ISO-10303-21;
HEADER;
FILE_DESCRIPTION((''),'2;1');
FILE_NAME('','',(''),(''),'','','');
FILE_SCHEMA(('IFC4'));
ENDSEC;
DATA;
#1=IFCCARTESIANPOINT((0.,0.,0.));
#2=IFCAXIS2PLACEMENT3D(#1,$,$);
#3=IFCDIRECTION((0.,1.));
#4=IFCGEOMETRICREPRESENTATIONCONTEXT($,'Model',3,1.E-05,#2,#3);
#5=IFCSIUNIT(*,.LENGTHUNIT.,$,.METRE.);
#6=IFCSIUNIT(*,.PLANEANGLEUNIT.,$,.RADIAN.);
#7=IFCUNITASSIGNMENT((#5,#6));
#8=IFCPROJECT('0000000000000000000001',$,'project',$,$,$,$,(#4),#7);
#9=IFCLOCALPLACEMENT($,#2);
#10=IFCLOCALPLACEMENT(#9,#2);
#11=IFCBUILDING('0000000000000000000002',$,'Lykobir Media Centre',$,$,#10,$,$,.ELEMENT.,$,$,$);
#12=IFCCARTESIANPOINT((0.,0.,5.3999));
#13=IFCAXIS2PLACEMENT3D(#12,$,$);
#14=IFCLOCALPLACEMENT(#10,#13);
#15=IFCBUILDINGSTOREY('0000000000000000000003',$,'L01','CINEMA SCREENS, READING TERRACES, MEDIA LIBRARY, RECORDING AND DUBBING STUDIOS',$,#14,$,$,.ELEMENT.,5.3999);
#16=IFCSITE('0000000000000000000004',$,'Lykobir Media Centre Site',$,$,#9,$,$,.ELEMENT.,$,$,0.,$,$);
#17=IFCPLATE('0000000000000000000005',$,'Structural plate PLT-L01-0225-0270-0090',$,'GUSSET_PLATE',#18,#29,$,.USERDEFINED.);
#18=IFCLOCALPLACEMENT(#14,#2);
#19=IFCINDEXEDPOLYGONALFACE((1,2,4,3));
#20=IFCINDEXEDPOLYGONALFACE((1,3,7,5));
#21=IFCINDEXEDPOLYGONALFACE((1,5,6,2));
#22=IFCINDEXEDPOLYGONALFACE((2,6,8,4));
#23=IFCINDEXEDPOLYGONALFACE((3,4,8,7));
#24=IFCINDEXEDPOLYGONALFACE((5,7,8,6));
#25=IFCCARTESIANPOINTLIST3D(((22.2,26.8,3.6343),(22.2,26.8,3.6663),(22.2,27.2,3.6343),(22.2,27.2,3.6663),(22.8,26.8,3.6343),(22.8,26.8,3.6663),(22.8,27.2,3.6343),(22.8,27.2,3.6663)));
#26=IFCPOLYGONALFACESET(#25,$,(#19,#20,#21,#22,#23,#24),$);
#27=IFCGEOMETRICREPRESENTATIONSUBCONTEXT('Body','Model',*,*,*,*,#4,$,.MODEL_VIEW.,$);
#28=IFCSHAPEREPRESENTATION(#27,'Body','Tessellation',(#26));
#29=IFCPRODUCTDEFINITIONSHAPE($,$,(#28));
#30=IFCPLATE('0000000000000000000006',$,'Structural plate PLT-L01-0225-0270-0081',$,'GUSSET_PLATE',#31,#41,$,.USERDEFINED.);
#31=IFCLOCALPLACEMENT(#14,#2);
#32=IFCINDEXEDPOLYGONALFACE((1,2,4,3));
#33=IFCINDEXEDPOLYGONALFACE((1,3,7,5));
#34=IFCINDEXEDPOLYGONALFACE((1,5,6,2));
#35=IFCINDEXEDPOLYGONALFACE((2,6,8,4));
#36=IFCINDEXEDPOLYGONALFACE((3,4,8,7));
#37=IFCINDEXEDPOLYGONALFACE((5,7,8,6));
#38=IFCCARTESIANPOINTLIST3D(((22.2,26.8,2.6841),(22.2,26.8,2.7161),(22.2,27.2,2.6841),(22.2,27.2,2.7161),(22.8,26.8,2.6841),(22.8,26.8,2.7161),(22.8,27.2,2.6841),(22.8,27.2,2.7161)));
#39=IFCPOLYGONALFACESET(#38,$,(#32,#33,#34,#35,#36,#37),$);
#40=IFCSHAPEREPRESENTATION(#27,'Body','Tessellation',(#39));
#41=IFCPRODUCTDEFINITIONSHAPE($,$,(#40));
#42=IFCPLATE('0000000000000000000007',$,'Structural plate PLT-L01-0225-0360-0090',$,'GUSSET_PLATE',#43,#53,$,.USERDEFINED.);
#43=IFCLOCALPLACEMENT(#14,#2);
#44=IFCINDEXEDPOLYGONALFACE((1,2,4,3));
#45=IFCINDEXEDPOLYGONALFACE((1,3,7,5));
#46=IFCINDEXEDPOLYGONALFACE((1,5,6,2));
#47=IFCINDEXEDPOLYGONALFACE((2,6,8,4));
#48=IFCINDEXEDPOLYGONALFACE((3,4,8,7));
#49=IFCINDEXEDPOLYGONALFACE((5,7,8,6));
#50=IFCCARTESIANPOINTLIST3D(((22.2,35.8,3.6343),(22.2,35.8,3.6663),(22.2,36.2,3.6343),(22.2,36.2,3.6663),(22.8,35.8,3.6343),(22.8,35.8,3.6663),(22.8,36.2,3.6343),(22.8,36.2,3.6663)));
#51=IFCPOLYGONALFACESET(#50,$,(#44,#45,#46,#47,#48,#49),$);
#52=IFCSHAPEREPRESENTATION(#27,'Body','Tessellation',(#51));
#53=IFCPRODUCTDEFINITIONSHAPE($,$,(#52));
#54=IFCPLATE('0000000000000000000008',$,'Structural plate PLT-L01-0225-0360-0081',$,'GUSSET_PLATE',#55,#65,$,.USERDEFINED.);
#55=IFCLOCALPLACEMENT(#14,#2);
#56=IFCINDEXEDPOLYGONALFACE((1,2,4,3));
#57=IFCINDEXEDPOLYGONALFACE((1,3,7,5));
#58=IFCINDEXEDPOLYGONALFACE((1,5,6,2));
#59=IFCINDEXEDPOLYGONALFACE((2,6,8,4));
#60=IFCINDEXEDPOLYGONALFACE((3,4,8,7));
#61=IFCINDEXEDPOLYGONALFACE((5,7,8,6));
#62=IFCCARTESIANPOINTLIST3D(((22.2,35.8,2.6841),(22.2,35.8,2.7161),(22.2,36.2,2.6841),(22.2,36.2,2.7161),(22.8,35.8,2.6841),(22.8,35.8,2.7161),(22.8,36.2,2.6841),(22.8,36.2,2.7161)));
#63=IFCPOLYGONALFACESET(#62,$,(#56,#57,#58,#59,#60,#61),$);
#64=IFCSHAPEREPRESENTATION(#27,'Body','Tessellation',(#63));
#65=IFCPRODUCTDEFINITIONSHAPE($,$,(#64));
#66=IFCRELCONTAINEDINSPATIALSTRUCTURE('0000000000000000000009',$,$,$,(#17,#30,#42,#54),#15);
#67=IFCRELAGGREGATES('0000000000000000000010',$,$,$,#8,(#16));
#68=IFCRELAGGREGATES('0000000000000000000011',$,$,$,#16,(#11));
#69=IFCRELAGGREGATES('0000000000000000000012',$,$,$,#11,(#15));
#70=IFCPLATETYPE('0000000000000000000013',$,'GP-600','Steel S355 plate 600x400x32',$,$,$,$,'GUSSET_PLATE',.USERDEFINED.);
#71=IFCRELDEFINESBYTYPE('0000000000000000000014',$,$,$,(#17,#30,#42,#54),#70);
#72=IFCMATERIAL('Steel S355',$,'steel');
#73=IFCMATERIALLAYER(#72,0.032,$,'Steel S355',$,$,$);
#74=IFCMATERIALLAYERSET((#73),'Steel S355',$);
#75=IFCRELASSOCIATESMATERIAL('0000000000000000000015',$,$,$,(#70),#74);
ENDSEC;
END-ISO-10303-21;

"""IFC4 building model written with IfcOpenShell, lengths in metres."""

from ifc_helpers import new_model, si_unit, direction, frame, origin, origin_2d, place, context, subcontext, project, spatial, rectangle, extrude, material, layer, layer_set, type_object, element, save


model = new_model("IFC4")

# Units and contexts
model_context = context("Model", 3, precision=1e-05, world=origin(), true_north=direction((0.0, 1.0)))
body_context = subcontext(model_context, "Body", "Model", "MODEL_VIEW")
ifc_project = project(units=[si_unit("LENGTHUNIT", "METRE"), si_unit("PLANEANGLEUNIT", "RADIAN")], contexts=[model_context])

# Site, building, storey
site_placement = place(None, origin())
site = spatial("IfcSite", under=ifc_project, at=site_placement, Name="Lykobir Media Centre Site", CompositionType="ELEMENT", RefElevation=0.0)
building_placement = place(site_placement, origin())
building = spatial("IfcBuilding", under=site, at=building_placement, Name="Lykobir Media Centre", CompositionType="ELEMENT")
storey_placement = place(building_placement, frame((0.0, 0.0, 5.3999)))
storey = spatial("IfcBuildingStorey", under=building, at=storey_placement, Name="L01", Description="CINEMA SCREENS, READING TERRACES, MEDIA LIBRARY, RECORDING AND DUBBING STUDIOS", CompositionType="ELEMENT", Elevation=5.3999)

# Shared definitions
ifc_material = material(Name="Steel S355", Category="steel")

# Plates
ifc_layer_1 = layer(ifc_material, 0.032, Name="Steel S355")
ifc_layer_set_1 = layer_set([ifc_layer_1], Name="Steel S355")
plate_type_1 = type_object("IfcPlateType", Name="GP-600", Description="Steel S355 plate 600x400x32", ElementType="GUSSET_PLATE", PredefinedType="USERDEFINED", material=ifc_layer_set_1)
for number, where, z_axis, x_axis, name in (
    (1, (22.5, 27.0, 3.6343), (0.0, 0.0, 1.0), (1.0, 0.0, 0.0), "Structural plate PLT-L01-0225-0270-0090"),
    (2, (22.5, 27.0, 2.6841), (0.0, 0.0, 1.0), (1.0, 0.0, 0.0), "Structural plate PLT-L01-0225-0270-0081"),
    (3, (22.5, 36.0, 3.6343), (0.0, 0.0, 1.0), (1.0, 0.0, 0.0), "Structural plate PLT-L01-0225-0360-0090"),
    (4, (22.5, 36.0, 2.6841), (0.0, 0.0, 1.0), (1.0, 0.0, 0.0), "Structural plate PLT-L01-0225-0360-0081"),
):
    element("IfcPlate", number, at=place(storey_placement, frame(where, z_axis=z_axis, x_axis=x_axis)), inside=storey, type_object=plate_type_1, Name=name, ObjectType="GUSSET_PLATE", PredefinedType="USERDEFINED", context=body_context, shape_type="SweptSolid", body=[
        extrude(rectangle(XDim=0.6001, YDim=0.3999, at=origin_2d()), origin(), (0.0, 0.0, 1.0), 0.032),
    ])

save(model, "model.ifc")
